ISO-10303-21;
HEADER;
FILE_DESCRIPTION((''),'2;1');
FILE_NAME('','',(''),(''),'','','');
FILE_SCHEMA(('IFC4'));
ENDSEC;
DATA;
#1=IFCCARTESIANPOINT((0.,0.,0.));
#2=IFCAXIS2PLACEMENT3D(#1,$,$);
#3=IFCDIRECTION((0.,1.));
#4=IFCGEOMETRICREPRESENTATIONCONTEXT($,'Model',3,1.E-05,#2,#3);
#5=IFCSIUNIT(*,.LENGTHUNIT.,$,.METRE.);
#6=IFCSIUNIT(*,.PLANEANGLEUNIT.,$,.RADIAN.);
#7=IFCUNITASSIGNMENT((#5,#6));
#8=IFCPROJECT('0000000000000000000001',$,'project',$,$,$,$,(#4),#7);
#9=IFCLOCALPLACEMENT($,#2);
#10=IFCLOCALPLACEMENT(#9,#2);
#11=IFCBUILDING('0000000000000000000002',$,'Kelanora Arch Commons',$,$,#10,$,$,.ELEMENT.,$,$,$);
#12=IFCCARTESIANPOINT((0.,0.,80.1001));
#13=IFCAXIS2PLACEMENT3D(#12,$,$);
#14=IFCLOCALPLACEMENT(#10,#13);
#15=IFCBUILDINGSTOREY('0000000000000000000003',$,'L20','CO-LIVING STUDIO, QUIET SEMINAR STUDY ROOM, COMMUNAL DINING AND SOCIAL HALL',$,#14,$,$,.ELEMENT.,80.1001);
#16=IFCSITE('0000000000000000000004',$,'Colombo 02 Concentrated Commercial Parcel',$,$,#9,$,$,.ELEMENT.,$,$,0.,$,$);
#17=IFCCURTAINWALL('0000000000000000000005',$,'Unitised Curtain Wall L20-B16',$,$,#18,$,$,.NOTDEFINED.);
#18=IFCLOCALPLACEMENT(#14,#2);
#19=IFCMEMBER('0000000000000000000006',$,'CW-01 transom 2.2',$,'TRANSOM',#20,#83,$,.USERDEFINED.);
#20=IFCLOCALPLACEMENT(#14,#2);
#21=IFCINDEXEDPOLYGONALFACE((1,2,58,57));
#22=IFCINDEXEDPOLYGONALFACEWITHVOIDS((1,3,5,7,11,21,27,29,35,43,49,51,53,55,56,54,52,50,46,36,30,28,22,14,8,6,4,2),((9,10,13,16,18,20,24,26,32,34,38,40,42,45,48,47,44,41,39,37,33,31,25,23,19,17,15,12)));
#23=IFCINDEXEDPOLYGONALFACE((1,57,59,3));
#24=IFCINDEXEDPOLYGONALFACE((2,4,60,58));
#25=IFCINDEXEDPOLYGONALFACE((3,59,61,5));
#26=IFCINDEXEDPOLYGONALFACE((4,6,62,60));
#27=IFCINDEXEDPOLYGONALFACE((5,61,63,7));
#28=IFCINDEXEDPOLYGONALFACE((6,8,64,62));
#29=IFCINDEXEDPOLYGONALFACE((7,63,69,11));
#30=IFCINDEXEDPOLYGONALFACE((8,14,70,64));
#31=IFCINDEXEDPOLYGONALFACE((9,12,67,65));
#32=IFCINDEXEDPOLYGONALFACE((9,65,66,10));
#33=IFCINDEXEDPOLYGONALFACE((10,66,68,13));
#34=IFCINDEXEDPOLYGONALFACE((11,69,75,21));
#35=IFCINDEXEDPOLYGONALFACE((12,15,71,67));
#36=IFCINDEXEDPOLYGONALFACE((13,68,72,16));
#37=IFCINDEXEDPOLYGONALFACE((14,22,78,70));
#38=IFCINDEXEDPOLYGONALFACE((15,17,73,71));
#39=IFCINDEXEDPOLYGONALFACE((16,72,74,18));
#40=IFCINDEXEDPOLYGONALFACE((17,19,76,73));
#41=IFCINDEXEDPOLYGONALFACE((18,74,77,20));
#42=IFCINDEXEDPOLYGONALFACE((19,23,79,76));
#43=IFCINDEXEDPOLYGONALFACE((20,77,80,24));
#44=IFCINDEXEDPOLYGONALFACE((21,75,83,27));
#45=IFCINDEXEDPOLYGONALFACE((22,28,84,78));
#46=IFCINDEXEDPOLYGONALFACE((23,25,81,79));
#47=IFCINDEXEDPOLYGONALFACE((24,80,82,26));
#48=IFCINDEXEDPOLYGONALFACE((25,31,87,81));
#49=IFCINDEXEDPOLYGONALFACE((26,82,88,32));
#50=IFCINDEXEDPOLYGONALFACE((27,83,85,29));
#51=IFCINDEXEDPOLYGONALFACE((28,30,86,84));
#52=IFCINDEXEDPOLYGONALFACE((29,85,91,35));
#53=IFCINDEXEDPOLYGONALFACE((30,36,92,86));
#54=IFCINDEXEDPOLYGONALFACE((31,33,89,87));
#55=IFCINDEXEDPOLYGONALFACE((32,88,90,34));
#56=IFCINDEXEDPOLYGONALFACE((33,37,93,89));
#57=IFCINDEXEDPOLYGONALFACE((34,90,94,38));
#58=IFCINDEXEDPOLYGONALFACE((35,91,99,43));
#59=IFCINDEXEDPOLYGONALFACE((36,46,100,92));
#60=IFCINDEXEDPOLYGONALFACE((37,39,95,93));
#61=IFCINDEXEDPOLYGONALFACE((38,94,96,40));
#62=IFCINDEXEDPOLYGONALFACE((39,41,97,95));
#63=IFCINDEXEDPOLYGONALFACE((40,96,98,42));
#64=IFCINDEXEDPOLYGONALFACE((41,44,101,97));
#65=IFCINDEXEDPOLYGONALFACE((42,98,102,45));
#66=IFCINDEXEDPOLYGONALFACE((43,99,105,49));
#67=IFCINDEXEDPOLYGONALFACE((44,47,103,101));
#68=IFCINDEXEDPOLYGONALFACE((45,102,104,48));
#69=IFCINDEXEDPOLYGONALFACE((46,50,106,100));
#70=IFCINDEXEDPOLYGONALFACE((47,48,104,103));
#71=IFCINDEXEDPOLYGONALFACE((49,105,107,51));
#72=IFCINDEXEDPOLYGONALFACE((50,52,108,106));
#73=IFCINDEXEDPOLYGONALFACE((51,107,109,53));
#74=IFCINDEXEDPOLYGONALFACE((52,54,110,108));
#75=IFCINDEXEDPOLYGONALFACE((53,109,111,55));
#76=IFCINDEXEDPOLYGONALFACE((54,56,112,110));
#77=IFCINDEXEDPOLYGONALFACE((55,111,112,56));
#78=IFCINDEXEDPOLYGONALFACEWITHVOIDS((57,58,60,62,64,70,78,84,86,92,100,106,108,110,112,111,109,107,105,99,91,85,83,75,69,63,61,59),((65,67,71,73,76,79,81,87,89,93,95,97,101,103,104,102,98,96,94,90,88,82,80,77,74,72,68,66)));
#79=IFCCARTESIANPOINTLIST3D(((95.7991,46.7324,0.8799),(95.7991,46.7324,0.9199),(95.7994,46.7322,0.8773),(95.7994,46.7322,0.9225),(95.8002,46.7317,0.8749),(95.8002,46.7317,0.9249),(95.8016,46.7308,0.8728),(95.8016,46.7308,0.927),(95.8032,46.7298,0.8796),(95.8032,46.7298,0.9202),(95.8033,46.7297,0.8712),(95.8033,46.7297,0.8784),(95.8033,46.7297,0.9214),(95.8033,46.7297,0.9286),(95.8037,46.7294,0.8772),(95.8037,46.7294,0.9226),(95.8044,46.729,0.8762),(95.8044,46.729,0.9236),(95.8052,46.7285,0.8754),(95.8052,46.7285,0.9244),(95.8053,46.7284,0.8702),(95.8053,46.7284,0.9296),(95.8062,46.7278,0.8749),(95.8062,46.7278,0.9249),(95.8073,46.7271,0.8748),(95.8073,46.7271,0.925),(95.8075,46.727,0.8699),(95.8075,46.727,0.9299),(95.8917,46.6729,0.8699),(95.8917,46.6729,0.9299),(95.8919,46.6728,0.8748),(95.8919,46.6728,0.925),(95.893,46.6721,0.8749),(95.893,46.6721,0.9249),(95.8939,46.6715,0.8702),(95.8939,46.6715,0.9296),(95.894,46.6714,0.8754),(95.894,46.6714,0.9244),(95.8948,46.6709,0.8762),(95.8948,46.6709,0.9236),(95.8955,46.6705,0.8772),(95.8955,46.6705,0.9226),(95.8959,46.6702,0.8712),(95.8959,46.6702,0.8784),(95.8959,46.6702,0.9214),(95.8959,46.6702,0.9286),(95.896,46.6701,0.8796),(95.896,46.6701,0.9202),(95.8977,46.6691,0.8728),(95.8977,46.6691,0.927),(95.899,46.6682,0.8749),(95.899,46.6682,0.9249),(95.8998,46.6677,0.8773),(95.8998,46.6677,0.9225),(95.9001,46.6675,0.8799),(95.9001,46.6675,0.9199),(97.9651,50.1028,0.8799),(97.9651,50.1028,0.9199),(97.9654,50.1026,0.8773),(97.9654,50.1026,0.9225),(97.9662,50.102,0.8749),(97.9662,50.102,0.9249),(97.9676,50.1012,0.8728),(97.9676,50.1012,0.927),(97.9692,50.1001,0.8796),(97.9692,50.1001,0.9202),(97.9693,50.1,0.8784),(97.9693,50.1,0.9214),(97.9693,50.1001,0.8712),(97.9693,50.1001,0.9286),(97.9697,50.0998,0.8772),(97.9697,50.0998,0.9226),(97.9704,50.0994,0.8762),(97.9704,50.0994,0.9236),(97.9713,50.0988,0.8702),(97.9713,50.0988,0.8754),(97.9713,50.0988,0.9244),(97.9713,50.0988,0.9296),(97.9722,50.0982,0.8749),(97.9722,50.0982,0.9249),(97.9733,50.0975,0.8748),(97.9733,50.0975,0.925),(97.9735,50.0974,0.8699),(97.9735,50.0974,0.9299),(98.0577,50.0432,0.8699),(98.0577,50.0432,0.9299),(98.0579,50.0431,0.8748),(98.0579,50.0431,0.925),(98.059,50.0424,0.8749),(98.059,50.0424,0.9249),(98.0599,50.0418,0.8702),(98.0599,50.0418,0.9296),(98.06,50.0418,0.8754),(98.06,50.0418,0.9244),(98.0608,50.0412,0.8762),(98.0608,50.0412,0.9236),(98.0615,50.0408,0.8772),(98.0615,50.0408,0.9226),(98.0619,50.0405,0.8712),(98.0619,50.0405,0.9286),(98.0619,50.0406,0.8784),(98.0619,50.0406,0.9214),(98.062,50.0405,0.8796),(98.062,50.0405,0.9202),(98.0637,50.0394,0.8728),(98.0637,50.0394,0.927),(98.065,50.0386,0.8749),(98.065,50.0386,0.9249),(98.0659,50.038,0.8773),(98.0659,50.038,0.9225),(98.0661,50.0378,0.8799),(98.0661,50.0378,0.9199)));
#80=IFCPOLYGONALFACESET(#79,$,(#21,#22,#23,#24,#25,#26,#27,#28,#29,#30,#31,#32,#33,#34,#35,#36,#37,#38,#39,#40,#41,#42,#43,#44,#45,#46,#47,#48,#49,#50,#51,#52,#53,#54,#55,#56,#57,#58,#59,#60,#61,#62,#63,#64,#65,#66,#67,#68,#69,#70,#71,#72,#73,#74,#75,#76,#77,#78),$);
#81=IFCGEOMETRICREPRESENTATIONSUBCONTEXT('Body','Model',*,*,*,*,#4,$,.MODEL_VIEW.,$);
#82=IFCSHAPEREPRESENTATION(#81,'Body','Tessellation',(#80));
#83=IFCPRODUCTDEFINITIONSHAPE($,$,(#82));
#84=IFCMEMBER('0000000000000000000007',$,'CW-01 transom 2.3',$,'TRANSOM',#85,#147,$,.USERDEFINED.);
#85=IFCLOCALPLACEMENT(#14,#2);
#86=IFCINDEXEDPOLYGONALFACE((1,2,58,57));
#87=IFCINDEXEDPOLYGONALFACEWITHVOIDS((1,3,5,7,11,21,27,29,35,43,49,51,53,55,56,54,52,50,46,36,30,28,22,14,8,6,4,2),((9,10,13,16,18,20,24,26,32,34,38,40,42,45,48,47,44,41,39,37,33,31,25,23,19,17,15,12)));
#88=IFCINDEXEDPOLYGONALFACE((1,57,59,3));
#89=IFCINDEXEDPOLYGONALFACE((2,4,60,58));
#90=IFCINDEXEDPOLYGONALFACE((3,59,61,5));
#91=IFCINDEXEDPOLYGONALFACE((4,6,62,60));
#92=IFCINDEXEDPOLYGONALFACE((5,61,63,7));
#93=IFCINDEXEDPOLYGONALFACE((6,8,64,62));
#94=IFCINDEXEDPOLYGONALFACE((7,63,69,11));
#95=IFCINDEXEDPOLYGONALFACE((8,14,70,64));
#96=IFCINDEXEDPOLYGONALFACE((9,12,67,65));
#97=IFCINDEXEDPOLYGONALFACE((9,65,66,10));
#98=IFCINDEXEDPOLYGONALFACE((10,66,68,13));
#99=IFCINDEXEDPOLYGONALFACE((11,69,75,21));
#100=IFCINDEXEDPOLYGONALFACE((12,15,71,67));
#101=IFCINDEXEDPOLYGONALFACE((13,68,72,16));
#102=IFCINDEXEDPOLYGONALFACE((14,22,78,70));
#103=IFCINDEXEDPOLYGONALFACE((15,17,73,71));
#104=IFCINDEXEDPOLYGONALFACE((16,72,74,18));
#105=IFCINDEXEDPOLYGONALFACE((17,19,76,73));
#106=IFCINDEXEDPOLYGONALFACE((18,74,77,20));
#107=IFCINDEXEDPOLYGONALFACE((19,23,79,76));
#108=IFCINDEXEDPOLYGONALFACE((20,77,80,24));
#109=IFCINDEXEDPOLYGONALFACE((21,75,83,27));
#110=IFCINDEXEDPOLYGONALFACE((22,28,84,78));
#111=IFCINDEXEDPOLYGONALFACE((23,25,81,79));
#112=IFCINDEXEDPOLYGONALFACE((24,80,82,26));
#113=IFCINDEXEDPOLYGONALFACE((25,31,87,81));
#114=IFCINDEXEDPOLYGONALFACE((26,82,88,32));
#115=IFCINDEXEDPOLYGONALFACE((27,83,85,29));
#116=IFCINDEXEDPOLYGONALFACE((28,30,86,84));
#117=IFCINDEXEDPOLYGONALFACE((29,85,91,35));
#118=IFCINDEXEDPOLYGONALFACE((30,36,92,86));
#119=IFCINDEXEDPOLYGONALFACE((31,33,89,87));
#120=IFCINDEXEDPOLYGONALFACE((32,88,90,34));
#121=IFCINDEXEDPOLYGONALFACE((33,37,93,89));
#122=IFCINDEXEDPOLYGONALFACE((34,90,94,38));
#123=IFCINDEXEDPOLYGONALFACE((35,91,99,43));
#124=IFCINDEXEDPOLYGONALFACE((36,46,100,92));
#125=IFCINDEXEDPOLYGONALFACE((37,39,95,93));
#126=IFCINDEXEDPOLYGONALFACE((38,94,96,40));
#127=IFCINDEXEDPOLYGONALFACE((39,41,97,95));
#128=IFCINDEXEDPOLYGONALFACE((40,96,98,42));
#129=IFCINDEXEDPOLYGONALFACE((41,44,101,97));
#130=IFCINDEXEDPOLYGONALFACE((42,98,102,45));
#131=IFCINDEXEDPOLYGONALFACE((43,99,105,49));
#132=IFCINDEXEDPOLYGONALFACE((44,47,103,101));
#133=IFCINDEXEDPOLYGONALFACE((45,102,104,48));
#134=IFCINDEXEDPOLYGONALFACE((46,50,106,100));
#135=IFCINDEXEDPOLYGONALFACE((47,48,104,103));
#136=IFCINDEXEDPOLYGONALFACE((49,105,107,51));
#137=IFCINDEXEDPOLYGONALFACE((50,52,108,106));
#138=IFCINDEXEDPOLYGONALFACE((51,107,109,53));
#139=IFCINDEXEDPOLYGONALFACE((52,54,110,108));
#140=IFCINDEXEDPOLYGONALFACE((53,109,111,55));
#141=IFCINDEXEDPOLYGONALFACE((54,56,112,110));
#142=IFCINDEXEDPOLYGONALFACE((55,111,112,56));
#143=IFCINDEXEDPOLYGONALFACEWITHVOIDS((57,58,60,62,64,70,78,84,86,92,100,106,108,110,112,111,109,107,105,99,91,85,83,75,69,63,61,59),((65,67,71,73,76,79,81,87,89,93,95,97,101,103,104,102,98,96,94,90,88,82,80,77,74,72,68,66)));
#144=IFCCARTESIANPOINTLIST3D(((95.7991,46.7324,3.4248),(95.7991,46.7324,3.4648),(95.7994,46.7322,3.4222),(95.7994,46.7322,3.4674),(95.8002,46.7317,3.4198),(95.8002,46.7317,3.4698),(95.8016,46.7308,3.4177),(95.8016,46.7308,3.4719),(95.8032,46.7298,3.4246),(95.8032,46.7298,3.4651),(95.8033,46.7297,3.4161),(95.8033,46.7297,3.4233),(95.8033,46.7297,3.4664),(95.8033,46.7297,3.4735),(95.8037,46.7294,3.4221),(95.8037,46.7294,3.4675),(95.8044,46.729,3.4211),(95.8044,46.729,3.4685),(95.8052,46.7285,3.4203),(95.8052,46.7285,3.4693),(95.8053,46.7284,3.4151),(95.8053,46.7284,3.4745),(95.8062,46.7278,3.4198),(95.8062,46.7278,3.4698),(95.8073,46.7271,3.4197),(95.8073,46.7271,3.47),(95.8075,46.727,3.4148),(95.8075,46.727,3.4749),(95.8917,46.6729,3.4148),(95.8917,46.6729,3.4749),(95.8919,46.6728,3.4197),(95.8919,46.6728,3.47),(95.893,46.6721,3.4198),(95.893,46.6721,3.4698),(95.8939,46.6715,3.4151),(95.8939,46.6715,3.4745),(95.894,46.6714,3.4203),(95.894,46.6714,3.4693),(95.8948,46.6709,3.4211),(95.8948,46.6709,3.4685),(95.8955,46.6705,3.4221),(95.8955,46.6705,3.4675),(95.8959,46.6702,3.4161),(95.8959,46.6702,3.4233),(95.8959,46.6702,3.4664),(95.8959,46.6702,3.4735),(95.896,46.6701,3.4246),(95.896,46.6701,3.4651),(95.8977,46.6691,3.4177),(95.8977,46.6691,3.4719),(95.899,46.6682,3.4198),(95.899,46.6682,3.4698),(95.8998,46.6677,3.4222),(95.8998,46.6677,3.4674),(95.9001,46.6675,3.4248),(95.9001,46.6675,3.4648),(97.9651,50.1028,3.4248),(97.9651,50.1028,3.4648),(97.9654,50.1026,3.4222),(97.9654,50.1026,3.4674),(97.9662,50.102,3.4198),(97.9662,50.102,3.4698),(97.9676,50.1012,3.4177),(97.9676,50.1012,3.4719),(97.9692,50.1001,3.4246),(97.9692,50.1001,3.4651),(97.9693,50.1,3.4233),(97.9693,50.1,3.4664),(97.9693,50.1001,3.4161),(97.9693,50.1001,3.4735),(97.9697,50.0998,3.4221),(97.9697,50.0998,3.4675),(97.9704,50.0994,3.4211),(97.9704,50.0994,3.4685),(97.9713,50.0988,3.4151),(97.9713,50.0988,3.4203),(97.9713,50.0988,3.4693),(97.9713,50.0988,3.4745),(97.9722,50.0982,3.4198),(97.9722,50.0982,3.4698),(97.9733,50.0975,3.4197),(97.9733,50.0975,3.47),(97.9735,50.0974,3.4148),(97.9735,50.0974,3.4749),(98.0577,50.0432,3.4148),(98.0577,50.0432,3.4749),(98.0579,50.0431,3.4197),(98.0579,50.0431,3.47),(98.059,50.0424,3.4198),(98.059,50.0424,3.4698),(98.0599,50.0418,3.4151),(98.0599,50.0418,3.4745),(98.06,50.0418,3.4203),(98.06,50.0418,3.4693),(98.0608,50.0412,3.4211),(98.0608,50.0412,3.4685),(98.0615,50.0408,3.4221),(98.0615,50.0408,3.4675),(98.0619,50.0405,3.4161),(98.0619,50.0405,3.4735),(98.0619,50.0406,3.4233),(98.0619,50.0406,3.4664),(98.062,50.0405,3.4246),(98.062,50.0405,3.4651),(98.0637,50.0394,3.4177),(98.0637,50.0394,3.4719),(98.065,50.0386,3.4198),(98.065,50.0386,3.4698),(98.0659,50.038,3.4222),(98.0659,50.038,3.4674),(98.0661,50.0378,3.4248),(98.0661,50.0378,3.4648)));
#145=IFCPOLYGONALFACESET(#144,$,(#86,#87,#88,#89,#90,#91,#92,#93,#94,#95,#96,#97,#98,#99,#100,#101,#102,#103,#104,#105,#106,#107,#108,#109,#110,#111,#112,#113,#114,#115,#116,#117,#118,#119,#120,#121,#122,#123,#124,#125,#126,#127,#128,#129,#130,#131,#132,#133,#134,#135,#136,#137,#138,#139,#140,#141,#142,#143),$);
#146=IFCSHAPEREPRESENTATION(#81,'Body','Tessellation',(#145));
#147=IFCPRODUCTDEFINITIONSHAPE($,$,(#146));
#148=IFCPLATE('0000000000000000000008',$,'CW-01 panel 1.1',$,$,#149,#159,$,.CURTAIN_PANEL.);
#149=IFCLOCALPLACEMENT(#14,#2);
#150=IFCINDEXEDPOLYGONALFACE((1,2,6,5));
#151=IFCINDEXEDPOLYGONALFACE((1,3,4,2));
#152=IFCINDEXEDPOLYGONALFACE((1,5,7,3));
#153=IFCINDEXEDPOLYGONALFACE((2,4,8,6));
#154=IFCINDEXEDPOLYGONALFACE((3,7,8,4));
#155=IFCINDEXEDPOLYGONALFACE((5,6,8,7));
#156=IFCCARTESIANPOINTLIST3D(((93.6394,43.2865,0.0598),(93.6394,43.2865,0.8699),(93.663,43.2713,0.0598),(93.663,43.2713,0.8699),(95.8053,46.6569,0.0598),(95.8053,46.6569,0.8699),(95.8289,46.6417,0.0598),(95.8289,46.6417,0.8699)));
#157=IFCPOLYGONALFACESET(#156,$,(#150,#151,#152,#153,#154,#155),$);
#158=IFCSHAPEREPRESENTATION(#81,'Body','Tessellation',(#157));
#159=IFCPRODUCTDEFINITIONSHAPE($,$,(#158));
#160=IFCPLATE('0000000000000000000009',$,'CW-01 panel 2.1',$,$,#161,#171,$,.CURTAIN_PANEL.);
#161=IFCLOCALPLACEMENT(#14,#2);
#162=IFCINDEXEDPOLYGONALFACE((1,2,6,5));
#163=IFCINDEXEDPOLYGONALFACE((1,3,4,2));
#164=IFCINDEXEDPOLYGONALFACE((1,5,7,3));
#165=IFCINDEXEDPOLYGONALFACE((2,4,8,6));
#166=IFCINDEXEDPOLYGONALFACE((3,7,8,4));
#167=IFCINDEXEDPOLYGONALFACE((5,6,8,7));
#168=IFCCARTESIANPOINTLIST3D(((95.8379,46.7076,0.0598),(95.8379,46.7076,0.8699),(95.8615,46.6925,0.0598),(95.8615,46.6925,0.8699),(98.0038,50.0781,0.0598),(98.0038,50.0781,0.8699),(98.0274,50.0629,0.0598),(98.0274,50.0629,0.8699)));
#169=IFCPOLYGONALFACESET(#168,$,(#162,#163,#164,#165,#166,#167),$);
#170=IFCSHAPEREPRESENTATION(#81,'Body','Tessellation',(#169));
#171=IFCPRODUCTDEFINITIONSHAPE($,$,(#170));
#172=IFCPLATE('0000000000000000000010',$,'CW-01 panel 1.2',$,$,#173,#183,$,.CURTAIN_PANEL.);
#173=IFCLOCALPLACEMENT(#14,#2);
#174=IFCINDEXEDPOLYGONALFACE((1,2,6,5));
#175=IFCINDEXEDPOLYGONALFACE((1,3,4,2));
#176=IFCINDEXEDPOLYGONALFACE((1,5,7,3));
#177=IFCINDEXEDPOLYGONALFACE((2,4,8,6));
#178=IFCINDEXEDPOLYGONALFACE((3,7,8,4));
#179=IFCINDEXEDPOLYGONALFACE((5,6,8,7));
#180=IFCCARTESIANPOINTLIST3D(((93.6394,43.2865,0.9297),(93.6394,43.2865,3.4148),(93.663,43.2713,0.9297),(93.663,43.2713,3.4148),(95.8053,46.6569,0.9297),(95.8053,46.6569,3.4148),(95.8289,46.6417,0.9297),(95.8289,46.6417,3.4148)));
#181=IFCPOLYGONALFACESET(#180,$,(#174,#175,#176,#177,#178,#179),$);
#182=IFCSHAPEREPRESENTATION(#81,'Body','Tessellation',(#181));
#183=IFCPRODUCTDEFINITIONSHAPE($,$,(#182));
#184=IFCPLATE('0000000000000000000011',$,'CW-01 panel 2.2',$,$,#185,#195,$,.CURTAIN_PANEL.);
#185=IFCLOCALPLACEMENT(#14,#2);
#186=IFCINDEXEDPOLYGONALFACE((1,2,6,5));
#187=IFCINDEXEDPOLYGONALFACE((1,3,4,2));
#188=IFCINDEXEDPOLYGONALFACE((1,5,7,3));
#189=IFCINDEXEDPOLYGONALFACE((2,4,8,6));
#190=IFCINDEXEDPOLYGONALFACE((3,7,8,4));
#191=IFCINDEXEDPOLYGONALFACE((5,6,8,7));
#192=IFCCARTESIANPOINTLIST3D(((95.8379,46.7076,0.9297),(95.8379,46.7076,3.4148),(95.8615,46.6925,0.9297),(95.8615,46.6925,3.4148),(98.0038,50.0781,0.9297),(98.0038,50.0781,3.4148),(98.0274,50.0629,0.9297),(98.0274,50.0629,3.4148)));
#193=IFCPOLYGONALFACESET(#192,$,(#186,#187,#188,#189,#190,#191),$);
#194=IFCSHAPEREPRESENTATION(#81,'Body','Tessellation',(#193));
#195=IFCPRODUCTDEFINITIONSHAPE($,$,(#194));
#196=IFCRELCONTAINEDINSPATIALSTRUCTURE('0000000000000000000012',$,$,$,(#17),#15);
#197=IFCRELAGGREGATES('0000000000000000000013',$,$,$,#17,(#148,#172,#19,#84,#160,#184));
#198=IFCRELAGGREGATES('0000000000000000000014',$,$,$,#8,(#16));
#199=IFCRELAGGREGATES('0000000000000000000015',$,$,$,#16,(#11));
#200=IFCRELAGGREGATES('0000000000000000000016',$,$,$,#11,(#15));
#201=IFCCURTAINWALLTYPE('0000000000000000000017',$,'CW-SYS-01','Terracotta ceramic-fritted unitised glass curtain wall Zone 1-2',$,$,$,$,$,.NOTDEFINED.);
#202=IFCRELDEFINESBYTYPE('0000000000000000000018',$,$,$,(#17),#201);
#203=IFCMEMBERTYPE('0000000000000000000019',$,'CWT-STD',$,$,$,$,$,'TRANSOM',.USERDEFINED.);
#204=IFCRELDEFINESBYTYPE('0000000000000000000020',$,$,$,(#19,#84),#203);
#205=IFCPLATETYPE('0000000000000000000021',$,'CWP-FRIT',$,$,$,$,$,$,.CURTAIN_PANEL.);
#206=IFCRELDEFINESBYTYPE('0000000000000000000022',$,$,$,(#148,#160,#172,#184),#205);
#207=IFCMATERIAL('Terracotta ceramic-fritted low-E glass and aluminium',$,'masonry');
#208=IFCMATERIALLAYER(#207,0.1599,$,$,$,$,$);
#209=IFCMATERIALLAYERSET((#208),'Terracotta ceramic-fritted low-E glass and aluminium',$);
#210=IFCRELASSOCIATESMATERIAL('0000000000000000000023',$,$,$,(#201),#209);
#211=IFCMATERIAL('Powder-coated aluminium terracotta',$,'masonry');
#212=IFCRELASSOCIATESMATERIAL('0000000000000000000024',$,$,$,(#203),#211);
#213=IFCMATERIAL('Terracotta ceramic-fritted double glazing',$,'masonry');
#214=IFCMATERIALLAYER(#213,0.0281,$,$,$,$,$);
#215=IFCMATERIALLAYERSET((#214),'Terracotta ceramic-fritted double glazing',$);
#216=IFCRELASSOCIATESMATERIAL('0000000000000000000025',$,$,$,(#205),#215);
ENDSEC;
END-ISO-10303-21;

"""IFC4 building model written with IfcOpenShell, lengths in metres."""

from ifc_helpers import new_model, si_unit, direction, frame, origin, origin_2d, place, context, subcontext, project, spatial, rectangle, hollow_rectangle, extrude, source, transform, mapped, material, layer, layer_set, material_profile, profile_set, type_object, element, aggregate, save


model = new_model("IFC4")

# Units and contexts
model_context = context("Model", 3, precision=1e-05, world=origin(), true_north=direction((0.0, 1.0)))
body_context = subcontext(model_context, "Body", "Model", "MODEL_VIEW")
ifc_project = project(units=[si_unit("LENGTHUNIT", "METRE"), si_unit("PLANEANGLEUNIT", "RADIAN")], contexts=[model_context])

# Site, building, storey
site_placement = place(None, origin())
site = spatial("IfcSite", under=ifc_project, at=site_placement, Name="Colombo 02 Concentrated Commercial Parcel", CompositionType="ELEMENT", RefElevation=0.0)
building_placement = place(site_placement, origin())
building = spatial("IfcBuilding", under=site, at=building_placement, Name="Kelanora Arch Commons", CompositionType="ELEMENT")
storey_placement = place(building_placement, frame((0.0, 0.0, 80.1001)))
storey = spatial("IfcBuildingStorey", under=building, at=storey_placement, Name="L20", Description="CO-LIVING STUDIO, QUIET SEMINAR STUDY ROOM, COMMUNAL DINING AND SOCIAL HALL", CompositionType="ELEMENT", Elevation=80.1001)

# Shared definitions
ifc_material_1 = material(Name="Terracotta ceramic-fritted low-E glass and aluminium", Category="masonry")
ifc_layer_1 = layer(ifc_material_1, 0.1599)
ifc_layer_set_1 = layer_set([ifc_layer_1], Name="Terracotta ceramic-fritted low-E glass and aluminium")
curtain_wall_type = type_object("IfcCurtainWallType", Name="CW-SYS-01", Description="Terracotta ceramic-fritted unitised glass curtain wall Zone 1-2", PredefinedType="NOTDEFINED", material=ifc_layer_set_1)
ifc_material_2 = material(Name="Powder-coated aluminium terracotta", Category="masonry")

# Curtain wall, members, plates
curtain_wall_1_placement = place(storey_placement, origin())
curtain_wall_1 = element("IfcCurtainWall", 1, at=curtain_wall_1_placement, inside=storey, type_object=curtain_wall_type, Name="Unitised Curtain Wall L20-B16", PredefinedType="NOTDEFINED")
ifc_material_profile_1 = material_profile(ifc_material_2, hollow_rectangle(XDim=0.1201, YDim=0.0601, WallThickness=0.0049, InnerFilletRadius=0.0049, OuterFilletRadius=0.01, at=origin_2d()), Name="CWT120x60")
ifc_profile_set_1 = profile_set([ifc_material_profile_1], Name="Powder-coated aluminium terracotta")
member_type_1 = type_object("IfcMemberType", Name="CWT-STD", ElementType="TRANSOM", PredefinedType="USERDEFINED", material=ifc_profile_set_1)
member_1_placement = place(storey_placement, frame((95.8496, 46.7, 0.8999), z_axis=(0.540644, 0.841252, 0.0), x_axis=(-0.841252, 0.540644, 0.0)))
member_1 = element("IfcMember", 2, at=member_1_placement, type_object=member_type_1, Name="CW-01 transom 2.2", ObjectType="TRANSOM", PredefinedType="USERDEFINED", context=body_context, shape_type="SweptSolid", body=[
    extrude(hollow_rectangle(XDim=0.1201, YDim=0.0601, WallThickness=0.0049, InnerFilletRadius=0.0049, OuterFilletRadius=0.01, at=origin_2d()), origin(), (0.0, 0.0, 1.0), 4.0063),
])
member_2_placement = place(storey_placement, frame((95.8496, 46.7, 3.4448), z_axis=(0.540644, 0.841252, 0.0), x_axis=(-0.841252, 0.540644, 0.0)))
member_2 = element("IfcMember", 3, at=member_2_placement, type_object=member_type_1, Name="CW-01 transom 2.3", ObjectType="TRANSOM", PredefinedType="USERDEFINED", context=body_context, shape_type="SweptSolid", body=[
    extrude(hollow_rectangle(XDim=0.1201, YDim=0.0601, WallThickness=0.0049, InnerFilletRadius=0.0049, OuterFilletRadius=0.01, at=origin_2d()), origin(), (0.0, 0.0, 1.0), 4.0063),
])
ifc_material_3 = material(Name="Terracotta ceramic-fritted double glazing", Category="masonry")
ifc_layer_2 = layer(ifc_material_3, 0.0281)
ifc_layer_set_2 = layer_set([ifc_layer_2], Name="Terracotta ceramic-fritted double glazing")
plate_type = type_object("IfcPlateType", Name="CWP-FRIT", PredefinedType="CURTAIN_PANEL", material=ifc_layer_set_2)
shared_shape_1 = source(origin(), body_context, "Body", "SweptSolid", [
    extrude(rectangle(XDim=4.0063, YDim=0.0281, at=origin_2d()), origin(), (0.0, 0.0, 1.0), 0.8101),
])
plate_1_placement = place(storey_placement, frame((94.7341, 44.9641, 0.0598), z_axis=(0.0, 0.0, 1.0), x_axis=(0.540617, 0.841269, 0.0)))
plate_1 = element("IfcPlate", 4, at=plate_1_placement, type_object=plate_type, Name="CW-01 panel 1.1", PredefinedType="CURTAIN_PANEL", context=body_context, shape_type="MappedRepresentation", body=[
    mapped(shared_shape_1, transform((0.0, 0.0, 0.0), scale=1.0)),
])
plate_2_placement = place(storey_placement, frame((96.9326, 48.3853, 0.0598), z_axis=(0.0, 0.0, 1.0), x_axis=(0.540617, 0.841269, 0.0)))
plate_2 = element("IfcPlate", 5, at=plate_2_placement, type_object=plate_type, Name="CW-01 panel 2.1", PredefinedType="CURTAIN_PANEL", context=body_context, shape_type="MappedRepresentation", body=[
    mapped(shared_shape_1, transform((0.0, 0.0, 0.0), scale=1.0)),
])
shared_shape_2 = source(origin(), body_context, "Body", "SweptSolid", [
    extrude(rectangle(XDim=4.0063, YDim=0.0281, at=origin_2d()), origin(), (0.0, 0.0, 1.0), 2.4851),
])
plate_3_placement = place(storey_placement, frame((94.7341, 44.9641, 0.9297), z_axis=(0.0, 0.0, 1.0), x_axis=(0.540617, 0.841269, 0.0)))
plate_3 = element("IfcPlate", 6, at=plate_3_placement, type_object=plate_type, Name="CW-01 panel 1.2", PredefinedType="CURTAIN_PANEL", context=body_context, shape_type="MappedRepresentation", body=[
    mapped(shared_shape_2, transform((0.0, 0.0, 0.0), scale=1.0)),
])
plate_4_placement = place(storey_placement, frame((96.9326, 48.3853, 0.9297), z_axis=(0.0, 0.0, 1.0), x_axis=(0.540617, 0.841269, 0.0)))
plate_4 = element("IfcPlate", 7, at=plate_4_placement, type_object=plate_type, Name="CW-01 panel 2.2", PredefinedType="CURTAIN_PANEL", context=body_context, shape_type="MappedRepresentation", body=[
    mapped(shared_shape_2, transform((0.0, 0.0, 0.0), scale=1.0)),
])
aggregate(curtain_wall_1, [plate_1, plate_3, member_1, member_2, plate_2, plate_4])

save(model, "model.ifc")
